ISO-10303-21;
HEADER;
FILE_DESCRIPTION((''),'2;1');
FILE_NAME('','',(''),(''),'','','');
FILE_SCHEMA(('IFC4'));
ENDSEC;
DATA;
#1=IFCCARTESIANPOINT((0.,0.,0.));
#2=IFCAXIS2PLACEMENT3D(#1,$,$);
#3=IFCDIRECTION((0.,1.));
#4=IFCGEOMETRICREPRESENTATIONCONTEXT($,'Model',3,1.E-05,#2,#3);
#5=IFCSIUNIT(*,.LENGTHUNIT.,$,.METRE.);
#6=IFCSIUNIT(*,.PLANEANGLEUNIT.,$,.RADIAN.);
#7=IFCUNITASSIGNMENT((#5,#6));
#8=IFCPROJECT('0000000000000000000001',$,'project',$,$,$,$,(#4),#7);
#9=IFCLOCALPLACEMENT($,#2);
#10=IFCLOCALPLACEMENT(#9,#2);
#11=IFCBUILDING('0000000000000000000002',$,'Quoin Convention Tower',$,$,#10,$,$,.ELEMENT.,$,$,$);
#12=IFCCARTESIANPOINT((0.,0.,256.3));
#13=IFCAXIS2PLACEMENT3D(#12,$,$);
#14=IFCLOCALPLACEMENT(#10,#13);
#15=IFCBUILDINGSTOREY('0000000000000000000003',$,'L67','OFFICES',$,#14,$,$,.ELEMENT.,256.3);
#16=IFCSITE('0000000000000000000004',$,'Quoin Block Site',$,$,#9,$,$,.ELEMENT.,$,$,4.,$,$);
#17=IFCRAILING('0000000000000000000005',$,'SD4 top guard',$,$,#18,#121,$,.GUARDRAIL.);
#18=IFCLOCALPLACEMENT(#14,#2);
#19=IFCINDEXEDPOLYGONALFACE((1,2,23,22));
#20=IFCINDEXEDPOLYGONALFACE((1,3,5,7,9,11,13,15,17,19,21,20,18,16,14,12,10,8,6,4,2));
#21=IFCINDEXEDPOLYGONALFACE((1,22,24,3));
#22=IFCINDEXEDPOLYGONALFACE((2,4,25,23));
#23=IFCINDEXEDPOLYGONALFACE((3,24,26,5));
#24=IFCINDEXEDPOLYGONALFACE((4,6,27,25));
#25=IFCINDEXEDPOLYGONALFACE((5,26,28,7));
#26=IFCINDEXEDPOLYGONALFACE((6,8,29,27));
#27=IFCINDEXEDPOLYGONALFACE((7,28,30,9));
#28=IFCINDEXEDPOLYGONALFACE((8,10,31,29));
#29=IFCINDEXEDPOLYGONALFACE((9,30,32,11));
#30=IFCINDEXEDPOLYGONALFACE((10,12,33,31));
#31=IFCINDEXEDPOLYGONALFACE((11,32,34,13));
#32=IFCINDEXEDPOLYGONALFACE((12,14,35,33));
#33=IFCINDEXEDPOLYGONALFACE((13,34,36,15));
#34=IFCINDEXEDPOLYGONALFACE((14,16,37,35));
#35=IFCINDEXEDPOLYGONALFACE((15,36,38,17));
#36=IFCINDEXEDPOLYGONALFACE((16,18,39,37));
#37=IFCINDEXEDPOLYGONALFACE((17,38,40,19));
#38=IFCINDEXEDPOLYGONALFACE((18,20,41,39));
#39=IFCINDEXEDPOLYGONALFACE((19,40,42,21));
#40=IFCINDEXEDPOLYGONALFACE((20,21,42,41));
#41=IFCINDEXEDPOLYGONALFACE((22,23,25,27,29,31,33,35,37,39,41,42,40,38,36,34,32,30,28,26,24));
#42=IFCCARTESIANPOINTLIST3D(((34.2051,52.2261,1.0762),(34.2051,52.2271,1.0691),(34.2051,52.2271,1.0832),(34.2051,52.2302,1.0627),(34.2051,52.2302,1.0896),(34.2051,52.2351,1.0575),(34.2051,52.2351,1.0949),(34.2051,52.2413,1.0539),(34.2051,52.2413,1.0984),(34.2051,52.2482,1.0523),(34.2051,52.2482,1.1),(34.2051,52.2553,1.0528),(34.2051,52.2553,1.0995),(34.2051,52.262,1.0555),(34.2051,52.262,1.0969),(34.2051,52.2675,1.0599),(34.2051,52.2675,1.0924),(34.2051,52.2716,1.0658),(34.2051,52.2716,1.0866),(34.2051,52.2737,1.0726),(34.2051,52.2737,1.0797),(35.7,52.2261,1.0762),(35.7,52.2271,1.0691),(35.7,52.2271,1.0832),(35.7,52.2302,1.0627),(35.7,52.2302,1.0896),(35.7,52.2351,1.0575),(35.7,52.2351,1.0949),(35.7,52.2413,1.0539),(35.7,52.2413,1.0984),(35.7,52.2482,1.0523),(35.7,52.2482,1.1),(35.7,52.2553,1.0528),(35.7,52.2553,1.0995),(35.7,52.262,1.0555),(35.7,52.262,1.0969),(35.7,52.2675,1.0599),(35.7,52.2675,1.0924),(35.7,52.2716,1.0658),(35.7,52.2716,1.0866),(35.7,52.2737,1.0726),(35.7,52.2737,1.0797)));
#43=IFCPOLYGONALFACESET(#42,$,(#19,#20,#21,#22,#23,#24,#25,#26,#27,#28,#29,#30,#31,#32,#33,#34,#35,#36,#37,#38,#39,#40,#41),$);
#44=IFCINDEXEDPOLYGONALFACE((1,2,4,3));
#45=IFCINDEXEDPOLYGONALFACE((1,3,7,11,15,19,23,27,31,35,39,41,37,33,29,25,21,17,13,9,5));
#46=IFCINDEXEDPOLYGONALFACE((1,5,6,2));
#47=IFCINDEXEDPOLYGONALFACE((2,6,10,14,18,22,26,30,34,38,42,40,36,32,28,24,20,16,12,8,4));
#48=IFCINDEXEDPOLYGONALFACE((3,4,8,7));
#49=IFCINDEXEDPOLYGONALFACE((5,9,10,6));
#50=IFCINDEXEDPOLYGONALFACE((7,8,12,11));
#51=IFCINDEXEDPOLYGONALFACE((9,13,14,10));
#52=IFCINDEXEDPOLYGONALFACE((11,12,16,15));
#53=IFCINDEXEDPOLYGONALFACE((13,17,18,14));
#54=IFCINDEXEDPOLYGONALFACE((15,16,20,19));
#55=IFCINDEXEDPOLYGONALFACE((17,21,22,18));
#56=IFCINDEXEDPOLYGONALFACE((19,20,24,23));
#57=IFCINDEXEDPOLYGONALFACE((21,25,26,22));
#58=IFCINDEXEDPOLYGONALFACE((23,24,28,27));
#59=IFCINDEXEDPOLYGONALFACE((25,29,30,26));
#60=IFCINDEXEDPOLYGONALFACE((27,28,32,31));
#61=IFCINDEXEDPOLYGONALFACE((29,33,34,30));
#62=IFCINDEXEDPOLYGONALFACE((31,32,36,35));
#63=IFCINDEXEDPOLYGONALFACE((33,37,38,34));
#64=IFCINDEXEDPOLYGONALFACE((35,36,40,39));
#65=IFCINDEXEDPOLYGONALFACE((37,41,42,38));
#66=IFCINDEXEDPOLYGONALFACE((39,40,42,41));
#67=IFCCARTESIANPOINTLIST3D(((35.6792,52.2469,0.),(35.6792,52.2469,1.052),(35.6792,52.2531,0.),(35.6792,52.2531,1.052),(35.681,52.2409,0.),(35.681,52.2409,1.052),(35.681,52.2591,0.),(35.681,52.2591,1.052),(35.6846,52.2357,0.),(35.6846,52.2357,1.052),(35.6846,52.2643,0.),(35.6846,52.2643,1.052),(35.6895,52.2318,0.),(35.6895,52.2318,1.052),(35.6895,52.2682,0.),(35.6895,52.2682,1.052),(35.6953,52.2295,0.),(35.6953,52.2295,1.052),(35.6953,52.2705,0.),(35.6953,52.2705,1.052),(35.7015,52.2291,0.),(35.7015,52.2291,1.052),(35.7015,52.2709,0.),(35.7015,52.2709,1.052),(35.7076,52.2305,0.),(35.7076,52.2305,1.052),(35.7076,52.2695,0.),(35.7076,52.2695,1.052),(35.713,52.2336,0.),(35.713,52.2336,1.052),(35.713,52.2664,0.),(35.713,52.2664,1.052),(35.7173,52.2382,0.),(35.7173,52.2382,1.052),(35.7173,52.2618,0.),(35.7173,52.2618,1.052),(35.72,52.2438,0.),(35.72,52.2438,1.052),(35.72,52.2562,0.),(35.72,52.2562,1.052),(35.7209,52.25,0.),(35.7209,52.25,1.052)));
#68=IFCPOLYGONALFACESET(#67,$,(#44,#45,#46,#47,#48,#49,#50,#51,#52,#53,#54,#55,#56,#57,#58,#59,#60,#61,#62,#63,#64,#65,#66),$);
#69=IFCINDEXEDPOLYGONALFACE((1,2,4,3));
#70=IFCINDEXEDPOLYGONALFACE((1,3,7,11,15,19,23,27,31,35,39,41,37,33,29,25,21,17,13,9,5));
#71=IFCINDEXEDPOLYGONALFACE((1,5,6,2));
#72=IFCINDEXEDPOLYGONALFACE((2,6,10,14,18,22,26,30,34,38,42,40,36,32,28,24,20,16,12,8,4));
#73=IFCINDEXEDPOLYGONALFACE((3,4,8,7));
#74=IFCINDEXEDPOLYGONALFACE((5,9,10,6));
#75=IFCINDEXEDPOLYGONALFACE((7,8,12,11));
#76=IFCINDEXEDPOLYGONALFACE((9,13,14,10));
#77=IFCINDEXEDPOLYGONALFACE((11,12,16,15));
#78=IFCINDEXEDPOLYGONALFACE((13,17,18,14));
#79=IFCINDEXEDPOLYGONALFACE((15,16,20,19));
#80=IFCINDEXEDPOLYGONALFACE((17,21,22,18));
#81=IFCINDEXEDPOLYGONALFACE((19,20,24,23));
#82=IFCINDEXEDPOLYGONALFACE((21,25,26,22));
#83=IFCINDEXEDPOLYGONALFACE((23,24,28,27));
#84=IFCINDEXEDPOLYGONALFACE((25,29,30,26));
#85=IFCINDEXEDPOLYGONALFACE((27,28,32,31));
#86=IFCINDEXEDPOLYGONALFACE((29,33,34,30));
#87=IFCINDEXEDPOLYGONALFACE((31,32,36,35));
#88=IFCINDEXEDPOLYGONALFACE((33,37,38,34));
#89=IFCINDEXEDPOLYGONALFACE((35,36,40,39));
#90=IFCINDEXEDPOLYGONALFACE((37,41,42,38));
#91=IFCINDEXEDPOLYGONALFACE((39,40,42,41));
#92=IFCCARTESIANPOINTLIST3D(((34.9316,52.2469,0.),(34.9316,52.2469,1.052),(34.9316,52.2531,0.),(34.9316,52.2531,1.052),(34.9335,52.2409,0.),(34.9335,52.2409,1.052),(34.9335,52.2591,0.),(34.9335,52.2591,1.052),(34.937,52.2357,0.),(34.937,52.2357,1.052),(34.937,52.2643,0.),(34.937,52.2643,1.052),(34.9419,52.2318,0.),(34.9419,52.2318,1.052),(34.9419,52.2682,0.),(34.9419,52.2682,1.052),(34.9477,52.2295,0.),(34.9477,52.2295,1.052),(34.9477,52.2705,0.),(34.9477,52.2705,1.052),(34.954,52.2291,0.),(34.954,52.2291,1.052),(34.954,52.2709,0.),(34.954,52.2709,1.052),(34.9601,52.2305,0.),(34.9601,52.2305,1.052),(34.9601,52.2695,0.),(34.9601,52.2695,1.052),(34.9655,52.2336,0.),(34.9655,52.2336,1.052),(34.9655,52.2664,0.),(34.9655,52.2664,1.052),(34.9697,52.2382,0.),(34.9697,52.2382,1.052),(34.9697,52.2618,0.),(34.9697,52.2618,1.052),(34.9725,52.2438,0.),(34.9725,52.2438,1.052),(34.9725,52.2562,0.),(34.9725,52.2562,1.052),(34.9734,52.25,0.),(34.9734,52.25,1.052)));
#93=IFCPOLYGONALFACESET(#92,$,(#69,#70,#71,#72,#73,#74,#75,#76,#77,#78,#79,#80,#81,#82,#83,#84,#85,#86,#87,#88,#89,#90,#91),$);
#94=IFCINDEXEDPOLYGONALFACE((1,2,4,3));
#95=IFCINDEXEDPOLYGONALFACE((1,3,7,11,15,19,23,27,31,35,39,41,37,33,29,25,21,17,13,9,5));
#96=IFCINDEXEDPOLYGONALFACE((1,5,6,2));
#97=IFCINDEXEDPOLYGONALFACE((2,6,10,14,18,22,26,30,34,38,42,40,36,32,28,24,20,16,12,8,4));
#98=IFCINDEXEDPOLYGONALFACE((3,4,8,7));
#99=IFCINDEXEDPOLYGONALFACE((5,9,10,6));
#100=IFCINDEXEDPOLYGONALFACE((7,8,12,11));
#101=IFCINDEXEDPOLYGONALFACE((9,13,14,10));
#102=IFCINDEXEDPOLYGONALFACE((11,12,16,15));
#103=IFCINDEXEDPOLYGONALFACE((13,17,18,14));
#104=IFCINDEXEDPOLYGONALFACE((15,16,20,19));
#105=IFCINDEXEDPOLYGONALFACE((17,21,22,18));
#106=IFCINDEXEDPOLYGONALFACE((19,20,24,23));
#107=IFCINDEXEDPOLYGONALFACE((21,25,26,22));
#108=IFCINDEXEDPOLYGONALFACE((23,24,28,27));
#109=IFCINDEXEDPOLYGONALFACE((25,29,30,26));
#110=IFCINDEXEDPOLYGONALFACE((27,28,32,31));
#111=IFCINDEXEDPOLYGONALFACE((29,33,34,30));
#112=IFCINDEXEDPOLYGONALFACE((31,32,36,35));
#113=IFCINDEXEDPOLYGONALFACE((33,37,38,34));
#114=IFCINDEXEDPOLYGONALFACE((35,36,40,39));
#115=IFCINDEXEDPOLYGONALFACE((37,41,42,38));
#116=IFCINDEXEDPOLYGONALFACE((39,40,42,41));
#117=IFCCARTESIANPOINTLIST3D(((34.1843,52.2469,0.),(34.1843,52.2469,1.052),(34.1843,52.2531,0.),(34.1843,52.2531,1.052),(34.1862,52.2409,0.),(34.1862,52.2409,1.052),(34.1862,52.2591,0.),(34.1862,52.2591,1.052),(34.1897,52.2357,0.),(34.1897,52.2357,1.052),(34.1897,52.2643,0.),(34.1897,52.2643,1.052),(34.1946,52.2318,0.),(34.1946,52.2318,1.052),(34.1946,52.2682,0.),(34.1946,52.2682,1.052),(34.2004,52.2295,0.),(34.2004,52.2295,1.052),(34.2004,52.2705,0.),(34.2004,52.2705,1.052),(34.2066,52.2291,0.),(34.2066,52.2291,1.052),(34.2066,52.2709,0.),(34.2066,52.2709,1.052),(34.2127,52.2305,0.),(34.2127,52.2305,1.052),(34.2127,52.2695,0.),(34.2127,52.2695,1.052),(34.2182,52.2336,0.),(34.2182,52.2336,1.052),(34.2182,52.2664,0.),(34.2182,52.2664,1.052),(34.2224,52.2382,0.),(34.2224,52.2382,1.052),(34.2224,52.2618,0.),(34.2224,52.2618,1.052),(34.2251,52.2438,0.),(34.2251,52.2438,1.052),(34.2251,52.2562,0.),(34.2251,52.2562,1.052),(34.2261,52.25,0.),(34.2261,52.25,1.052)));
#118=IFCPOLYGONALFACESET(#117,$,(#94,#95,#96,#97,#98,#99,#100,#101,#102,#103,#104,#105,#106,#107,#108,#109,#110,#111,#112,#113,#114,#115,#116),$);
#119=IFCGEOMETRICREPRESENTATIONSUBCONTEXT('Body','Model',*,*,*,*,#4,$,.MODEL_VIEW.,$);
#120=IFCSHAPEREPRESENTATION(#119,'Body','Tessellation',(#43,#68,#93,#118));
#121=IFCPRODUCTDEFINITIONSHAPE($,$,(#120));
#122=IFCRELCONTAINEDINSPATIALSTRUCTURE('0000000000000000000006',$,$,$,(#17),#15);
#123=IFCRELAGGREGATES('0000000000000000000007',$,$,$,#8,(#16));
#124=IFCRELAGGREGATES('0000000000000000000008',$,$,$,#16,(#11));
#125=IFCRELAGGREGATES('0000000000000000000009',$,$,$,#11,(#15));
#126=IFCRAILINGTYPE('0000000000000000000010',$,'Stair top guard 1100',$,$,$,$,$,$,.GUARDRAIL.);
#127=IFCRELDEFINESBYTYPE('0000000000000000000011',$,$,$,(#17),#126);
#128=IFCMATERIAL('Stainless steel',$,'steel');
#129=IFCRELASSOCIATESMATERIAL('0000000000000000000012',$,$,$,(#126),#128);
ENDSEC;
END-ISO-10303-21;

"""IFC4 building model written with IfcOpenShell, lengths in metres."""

from ifc_helpers import new_model, si_unit, direction, frame, origin, origin_2d, place, context, subcontext, project, spatial, circle, extrude, material, type_object, element, save


model = new_model("IFC4")

# Units and contexts
model_context = context("Model", 3, precision=1e-05, world=origin(), true_north=direction((0.0, 1.0)))
body_context = subcontext(model_context, "Body", "Model", "MODEL_VIEW")
ifc_project = project(units=[si_unit("LENGTHUNIT", "METRE"), si_unit("PLANEANGLEUNIT", "RADIAN")], contexts=[model_context])

# Site, building, storey
site_placement = place(None, origin())
site = spatial("IfcSite", under=ifc_project, at=site_placement, Name="Quoin Block Site", CompositionType="ELEMENT", RefElevation=4.0)
building_placement = place(site_placement, origin())
building = spatial("IfcBuilding", under=site, at=building_placement, Name="Quoin Convention Tower", CompositionType="ELEMENT")
storey_placement = place(building_placement, frame((0.0, 0.0, 256.3)))
storey = spatial("IfcBuildingStorey", under=building, at=storey_placement, Name="L67", Description="OFFICES", CompositionType="ELEMENT", Elevation=256.3)

# Railing
ifc_material_1 = material(Name="Stainless steel", Category="steel")
railing_type_1 = type_object("IfcRailingType", Name="Stair top guard 1100", PredefinedType="GUARDRAIL", material=ifc_material_1)
railing_1_placement = place(storey_placement, frame((35.7, 52.25, 0.0)))
element("IfcRailing", 1, at=railing_1_placement, inside=storey, type_object=railing_type_1, Name="SD4 top guard", PredefinedType="GUARDRAIL", context=body_context, shape_type="SweptSolid", body=[
    extrude(circle(Radius=0.0239, at=origin_2d()), frame((0.0, 0.0, 1.0762), z_axis=(-1.0, 0.0, 0.0), x_axis=(0.0, -1.0, 0.0)), (0.0, 0.0, 1.0), 1.4949),
    extrude(circle(Radius=0.021, at=origin_2d()), origin(), (0.0, 0.0, 1.0), 1.052),
    extrude(circle(Radius=0.021, at=origin_2d()), frame((-0.7476, 0.0, 0.0)), (0.0, 0.0, 1.0), 1.052),
    extrude(circle(Radius=0.021, at=origin_2d()), frame((-1.4949, 0.0, 0.0)), (0.0, 0.0, 1.0), 1.052),
])

save(model, "model.ifc")
